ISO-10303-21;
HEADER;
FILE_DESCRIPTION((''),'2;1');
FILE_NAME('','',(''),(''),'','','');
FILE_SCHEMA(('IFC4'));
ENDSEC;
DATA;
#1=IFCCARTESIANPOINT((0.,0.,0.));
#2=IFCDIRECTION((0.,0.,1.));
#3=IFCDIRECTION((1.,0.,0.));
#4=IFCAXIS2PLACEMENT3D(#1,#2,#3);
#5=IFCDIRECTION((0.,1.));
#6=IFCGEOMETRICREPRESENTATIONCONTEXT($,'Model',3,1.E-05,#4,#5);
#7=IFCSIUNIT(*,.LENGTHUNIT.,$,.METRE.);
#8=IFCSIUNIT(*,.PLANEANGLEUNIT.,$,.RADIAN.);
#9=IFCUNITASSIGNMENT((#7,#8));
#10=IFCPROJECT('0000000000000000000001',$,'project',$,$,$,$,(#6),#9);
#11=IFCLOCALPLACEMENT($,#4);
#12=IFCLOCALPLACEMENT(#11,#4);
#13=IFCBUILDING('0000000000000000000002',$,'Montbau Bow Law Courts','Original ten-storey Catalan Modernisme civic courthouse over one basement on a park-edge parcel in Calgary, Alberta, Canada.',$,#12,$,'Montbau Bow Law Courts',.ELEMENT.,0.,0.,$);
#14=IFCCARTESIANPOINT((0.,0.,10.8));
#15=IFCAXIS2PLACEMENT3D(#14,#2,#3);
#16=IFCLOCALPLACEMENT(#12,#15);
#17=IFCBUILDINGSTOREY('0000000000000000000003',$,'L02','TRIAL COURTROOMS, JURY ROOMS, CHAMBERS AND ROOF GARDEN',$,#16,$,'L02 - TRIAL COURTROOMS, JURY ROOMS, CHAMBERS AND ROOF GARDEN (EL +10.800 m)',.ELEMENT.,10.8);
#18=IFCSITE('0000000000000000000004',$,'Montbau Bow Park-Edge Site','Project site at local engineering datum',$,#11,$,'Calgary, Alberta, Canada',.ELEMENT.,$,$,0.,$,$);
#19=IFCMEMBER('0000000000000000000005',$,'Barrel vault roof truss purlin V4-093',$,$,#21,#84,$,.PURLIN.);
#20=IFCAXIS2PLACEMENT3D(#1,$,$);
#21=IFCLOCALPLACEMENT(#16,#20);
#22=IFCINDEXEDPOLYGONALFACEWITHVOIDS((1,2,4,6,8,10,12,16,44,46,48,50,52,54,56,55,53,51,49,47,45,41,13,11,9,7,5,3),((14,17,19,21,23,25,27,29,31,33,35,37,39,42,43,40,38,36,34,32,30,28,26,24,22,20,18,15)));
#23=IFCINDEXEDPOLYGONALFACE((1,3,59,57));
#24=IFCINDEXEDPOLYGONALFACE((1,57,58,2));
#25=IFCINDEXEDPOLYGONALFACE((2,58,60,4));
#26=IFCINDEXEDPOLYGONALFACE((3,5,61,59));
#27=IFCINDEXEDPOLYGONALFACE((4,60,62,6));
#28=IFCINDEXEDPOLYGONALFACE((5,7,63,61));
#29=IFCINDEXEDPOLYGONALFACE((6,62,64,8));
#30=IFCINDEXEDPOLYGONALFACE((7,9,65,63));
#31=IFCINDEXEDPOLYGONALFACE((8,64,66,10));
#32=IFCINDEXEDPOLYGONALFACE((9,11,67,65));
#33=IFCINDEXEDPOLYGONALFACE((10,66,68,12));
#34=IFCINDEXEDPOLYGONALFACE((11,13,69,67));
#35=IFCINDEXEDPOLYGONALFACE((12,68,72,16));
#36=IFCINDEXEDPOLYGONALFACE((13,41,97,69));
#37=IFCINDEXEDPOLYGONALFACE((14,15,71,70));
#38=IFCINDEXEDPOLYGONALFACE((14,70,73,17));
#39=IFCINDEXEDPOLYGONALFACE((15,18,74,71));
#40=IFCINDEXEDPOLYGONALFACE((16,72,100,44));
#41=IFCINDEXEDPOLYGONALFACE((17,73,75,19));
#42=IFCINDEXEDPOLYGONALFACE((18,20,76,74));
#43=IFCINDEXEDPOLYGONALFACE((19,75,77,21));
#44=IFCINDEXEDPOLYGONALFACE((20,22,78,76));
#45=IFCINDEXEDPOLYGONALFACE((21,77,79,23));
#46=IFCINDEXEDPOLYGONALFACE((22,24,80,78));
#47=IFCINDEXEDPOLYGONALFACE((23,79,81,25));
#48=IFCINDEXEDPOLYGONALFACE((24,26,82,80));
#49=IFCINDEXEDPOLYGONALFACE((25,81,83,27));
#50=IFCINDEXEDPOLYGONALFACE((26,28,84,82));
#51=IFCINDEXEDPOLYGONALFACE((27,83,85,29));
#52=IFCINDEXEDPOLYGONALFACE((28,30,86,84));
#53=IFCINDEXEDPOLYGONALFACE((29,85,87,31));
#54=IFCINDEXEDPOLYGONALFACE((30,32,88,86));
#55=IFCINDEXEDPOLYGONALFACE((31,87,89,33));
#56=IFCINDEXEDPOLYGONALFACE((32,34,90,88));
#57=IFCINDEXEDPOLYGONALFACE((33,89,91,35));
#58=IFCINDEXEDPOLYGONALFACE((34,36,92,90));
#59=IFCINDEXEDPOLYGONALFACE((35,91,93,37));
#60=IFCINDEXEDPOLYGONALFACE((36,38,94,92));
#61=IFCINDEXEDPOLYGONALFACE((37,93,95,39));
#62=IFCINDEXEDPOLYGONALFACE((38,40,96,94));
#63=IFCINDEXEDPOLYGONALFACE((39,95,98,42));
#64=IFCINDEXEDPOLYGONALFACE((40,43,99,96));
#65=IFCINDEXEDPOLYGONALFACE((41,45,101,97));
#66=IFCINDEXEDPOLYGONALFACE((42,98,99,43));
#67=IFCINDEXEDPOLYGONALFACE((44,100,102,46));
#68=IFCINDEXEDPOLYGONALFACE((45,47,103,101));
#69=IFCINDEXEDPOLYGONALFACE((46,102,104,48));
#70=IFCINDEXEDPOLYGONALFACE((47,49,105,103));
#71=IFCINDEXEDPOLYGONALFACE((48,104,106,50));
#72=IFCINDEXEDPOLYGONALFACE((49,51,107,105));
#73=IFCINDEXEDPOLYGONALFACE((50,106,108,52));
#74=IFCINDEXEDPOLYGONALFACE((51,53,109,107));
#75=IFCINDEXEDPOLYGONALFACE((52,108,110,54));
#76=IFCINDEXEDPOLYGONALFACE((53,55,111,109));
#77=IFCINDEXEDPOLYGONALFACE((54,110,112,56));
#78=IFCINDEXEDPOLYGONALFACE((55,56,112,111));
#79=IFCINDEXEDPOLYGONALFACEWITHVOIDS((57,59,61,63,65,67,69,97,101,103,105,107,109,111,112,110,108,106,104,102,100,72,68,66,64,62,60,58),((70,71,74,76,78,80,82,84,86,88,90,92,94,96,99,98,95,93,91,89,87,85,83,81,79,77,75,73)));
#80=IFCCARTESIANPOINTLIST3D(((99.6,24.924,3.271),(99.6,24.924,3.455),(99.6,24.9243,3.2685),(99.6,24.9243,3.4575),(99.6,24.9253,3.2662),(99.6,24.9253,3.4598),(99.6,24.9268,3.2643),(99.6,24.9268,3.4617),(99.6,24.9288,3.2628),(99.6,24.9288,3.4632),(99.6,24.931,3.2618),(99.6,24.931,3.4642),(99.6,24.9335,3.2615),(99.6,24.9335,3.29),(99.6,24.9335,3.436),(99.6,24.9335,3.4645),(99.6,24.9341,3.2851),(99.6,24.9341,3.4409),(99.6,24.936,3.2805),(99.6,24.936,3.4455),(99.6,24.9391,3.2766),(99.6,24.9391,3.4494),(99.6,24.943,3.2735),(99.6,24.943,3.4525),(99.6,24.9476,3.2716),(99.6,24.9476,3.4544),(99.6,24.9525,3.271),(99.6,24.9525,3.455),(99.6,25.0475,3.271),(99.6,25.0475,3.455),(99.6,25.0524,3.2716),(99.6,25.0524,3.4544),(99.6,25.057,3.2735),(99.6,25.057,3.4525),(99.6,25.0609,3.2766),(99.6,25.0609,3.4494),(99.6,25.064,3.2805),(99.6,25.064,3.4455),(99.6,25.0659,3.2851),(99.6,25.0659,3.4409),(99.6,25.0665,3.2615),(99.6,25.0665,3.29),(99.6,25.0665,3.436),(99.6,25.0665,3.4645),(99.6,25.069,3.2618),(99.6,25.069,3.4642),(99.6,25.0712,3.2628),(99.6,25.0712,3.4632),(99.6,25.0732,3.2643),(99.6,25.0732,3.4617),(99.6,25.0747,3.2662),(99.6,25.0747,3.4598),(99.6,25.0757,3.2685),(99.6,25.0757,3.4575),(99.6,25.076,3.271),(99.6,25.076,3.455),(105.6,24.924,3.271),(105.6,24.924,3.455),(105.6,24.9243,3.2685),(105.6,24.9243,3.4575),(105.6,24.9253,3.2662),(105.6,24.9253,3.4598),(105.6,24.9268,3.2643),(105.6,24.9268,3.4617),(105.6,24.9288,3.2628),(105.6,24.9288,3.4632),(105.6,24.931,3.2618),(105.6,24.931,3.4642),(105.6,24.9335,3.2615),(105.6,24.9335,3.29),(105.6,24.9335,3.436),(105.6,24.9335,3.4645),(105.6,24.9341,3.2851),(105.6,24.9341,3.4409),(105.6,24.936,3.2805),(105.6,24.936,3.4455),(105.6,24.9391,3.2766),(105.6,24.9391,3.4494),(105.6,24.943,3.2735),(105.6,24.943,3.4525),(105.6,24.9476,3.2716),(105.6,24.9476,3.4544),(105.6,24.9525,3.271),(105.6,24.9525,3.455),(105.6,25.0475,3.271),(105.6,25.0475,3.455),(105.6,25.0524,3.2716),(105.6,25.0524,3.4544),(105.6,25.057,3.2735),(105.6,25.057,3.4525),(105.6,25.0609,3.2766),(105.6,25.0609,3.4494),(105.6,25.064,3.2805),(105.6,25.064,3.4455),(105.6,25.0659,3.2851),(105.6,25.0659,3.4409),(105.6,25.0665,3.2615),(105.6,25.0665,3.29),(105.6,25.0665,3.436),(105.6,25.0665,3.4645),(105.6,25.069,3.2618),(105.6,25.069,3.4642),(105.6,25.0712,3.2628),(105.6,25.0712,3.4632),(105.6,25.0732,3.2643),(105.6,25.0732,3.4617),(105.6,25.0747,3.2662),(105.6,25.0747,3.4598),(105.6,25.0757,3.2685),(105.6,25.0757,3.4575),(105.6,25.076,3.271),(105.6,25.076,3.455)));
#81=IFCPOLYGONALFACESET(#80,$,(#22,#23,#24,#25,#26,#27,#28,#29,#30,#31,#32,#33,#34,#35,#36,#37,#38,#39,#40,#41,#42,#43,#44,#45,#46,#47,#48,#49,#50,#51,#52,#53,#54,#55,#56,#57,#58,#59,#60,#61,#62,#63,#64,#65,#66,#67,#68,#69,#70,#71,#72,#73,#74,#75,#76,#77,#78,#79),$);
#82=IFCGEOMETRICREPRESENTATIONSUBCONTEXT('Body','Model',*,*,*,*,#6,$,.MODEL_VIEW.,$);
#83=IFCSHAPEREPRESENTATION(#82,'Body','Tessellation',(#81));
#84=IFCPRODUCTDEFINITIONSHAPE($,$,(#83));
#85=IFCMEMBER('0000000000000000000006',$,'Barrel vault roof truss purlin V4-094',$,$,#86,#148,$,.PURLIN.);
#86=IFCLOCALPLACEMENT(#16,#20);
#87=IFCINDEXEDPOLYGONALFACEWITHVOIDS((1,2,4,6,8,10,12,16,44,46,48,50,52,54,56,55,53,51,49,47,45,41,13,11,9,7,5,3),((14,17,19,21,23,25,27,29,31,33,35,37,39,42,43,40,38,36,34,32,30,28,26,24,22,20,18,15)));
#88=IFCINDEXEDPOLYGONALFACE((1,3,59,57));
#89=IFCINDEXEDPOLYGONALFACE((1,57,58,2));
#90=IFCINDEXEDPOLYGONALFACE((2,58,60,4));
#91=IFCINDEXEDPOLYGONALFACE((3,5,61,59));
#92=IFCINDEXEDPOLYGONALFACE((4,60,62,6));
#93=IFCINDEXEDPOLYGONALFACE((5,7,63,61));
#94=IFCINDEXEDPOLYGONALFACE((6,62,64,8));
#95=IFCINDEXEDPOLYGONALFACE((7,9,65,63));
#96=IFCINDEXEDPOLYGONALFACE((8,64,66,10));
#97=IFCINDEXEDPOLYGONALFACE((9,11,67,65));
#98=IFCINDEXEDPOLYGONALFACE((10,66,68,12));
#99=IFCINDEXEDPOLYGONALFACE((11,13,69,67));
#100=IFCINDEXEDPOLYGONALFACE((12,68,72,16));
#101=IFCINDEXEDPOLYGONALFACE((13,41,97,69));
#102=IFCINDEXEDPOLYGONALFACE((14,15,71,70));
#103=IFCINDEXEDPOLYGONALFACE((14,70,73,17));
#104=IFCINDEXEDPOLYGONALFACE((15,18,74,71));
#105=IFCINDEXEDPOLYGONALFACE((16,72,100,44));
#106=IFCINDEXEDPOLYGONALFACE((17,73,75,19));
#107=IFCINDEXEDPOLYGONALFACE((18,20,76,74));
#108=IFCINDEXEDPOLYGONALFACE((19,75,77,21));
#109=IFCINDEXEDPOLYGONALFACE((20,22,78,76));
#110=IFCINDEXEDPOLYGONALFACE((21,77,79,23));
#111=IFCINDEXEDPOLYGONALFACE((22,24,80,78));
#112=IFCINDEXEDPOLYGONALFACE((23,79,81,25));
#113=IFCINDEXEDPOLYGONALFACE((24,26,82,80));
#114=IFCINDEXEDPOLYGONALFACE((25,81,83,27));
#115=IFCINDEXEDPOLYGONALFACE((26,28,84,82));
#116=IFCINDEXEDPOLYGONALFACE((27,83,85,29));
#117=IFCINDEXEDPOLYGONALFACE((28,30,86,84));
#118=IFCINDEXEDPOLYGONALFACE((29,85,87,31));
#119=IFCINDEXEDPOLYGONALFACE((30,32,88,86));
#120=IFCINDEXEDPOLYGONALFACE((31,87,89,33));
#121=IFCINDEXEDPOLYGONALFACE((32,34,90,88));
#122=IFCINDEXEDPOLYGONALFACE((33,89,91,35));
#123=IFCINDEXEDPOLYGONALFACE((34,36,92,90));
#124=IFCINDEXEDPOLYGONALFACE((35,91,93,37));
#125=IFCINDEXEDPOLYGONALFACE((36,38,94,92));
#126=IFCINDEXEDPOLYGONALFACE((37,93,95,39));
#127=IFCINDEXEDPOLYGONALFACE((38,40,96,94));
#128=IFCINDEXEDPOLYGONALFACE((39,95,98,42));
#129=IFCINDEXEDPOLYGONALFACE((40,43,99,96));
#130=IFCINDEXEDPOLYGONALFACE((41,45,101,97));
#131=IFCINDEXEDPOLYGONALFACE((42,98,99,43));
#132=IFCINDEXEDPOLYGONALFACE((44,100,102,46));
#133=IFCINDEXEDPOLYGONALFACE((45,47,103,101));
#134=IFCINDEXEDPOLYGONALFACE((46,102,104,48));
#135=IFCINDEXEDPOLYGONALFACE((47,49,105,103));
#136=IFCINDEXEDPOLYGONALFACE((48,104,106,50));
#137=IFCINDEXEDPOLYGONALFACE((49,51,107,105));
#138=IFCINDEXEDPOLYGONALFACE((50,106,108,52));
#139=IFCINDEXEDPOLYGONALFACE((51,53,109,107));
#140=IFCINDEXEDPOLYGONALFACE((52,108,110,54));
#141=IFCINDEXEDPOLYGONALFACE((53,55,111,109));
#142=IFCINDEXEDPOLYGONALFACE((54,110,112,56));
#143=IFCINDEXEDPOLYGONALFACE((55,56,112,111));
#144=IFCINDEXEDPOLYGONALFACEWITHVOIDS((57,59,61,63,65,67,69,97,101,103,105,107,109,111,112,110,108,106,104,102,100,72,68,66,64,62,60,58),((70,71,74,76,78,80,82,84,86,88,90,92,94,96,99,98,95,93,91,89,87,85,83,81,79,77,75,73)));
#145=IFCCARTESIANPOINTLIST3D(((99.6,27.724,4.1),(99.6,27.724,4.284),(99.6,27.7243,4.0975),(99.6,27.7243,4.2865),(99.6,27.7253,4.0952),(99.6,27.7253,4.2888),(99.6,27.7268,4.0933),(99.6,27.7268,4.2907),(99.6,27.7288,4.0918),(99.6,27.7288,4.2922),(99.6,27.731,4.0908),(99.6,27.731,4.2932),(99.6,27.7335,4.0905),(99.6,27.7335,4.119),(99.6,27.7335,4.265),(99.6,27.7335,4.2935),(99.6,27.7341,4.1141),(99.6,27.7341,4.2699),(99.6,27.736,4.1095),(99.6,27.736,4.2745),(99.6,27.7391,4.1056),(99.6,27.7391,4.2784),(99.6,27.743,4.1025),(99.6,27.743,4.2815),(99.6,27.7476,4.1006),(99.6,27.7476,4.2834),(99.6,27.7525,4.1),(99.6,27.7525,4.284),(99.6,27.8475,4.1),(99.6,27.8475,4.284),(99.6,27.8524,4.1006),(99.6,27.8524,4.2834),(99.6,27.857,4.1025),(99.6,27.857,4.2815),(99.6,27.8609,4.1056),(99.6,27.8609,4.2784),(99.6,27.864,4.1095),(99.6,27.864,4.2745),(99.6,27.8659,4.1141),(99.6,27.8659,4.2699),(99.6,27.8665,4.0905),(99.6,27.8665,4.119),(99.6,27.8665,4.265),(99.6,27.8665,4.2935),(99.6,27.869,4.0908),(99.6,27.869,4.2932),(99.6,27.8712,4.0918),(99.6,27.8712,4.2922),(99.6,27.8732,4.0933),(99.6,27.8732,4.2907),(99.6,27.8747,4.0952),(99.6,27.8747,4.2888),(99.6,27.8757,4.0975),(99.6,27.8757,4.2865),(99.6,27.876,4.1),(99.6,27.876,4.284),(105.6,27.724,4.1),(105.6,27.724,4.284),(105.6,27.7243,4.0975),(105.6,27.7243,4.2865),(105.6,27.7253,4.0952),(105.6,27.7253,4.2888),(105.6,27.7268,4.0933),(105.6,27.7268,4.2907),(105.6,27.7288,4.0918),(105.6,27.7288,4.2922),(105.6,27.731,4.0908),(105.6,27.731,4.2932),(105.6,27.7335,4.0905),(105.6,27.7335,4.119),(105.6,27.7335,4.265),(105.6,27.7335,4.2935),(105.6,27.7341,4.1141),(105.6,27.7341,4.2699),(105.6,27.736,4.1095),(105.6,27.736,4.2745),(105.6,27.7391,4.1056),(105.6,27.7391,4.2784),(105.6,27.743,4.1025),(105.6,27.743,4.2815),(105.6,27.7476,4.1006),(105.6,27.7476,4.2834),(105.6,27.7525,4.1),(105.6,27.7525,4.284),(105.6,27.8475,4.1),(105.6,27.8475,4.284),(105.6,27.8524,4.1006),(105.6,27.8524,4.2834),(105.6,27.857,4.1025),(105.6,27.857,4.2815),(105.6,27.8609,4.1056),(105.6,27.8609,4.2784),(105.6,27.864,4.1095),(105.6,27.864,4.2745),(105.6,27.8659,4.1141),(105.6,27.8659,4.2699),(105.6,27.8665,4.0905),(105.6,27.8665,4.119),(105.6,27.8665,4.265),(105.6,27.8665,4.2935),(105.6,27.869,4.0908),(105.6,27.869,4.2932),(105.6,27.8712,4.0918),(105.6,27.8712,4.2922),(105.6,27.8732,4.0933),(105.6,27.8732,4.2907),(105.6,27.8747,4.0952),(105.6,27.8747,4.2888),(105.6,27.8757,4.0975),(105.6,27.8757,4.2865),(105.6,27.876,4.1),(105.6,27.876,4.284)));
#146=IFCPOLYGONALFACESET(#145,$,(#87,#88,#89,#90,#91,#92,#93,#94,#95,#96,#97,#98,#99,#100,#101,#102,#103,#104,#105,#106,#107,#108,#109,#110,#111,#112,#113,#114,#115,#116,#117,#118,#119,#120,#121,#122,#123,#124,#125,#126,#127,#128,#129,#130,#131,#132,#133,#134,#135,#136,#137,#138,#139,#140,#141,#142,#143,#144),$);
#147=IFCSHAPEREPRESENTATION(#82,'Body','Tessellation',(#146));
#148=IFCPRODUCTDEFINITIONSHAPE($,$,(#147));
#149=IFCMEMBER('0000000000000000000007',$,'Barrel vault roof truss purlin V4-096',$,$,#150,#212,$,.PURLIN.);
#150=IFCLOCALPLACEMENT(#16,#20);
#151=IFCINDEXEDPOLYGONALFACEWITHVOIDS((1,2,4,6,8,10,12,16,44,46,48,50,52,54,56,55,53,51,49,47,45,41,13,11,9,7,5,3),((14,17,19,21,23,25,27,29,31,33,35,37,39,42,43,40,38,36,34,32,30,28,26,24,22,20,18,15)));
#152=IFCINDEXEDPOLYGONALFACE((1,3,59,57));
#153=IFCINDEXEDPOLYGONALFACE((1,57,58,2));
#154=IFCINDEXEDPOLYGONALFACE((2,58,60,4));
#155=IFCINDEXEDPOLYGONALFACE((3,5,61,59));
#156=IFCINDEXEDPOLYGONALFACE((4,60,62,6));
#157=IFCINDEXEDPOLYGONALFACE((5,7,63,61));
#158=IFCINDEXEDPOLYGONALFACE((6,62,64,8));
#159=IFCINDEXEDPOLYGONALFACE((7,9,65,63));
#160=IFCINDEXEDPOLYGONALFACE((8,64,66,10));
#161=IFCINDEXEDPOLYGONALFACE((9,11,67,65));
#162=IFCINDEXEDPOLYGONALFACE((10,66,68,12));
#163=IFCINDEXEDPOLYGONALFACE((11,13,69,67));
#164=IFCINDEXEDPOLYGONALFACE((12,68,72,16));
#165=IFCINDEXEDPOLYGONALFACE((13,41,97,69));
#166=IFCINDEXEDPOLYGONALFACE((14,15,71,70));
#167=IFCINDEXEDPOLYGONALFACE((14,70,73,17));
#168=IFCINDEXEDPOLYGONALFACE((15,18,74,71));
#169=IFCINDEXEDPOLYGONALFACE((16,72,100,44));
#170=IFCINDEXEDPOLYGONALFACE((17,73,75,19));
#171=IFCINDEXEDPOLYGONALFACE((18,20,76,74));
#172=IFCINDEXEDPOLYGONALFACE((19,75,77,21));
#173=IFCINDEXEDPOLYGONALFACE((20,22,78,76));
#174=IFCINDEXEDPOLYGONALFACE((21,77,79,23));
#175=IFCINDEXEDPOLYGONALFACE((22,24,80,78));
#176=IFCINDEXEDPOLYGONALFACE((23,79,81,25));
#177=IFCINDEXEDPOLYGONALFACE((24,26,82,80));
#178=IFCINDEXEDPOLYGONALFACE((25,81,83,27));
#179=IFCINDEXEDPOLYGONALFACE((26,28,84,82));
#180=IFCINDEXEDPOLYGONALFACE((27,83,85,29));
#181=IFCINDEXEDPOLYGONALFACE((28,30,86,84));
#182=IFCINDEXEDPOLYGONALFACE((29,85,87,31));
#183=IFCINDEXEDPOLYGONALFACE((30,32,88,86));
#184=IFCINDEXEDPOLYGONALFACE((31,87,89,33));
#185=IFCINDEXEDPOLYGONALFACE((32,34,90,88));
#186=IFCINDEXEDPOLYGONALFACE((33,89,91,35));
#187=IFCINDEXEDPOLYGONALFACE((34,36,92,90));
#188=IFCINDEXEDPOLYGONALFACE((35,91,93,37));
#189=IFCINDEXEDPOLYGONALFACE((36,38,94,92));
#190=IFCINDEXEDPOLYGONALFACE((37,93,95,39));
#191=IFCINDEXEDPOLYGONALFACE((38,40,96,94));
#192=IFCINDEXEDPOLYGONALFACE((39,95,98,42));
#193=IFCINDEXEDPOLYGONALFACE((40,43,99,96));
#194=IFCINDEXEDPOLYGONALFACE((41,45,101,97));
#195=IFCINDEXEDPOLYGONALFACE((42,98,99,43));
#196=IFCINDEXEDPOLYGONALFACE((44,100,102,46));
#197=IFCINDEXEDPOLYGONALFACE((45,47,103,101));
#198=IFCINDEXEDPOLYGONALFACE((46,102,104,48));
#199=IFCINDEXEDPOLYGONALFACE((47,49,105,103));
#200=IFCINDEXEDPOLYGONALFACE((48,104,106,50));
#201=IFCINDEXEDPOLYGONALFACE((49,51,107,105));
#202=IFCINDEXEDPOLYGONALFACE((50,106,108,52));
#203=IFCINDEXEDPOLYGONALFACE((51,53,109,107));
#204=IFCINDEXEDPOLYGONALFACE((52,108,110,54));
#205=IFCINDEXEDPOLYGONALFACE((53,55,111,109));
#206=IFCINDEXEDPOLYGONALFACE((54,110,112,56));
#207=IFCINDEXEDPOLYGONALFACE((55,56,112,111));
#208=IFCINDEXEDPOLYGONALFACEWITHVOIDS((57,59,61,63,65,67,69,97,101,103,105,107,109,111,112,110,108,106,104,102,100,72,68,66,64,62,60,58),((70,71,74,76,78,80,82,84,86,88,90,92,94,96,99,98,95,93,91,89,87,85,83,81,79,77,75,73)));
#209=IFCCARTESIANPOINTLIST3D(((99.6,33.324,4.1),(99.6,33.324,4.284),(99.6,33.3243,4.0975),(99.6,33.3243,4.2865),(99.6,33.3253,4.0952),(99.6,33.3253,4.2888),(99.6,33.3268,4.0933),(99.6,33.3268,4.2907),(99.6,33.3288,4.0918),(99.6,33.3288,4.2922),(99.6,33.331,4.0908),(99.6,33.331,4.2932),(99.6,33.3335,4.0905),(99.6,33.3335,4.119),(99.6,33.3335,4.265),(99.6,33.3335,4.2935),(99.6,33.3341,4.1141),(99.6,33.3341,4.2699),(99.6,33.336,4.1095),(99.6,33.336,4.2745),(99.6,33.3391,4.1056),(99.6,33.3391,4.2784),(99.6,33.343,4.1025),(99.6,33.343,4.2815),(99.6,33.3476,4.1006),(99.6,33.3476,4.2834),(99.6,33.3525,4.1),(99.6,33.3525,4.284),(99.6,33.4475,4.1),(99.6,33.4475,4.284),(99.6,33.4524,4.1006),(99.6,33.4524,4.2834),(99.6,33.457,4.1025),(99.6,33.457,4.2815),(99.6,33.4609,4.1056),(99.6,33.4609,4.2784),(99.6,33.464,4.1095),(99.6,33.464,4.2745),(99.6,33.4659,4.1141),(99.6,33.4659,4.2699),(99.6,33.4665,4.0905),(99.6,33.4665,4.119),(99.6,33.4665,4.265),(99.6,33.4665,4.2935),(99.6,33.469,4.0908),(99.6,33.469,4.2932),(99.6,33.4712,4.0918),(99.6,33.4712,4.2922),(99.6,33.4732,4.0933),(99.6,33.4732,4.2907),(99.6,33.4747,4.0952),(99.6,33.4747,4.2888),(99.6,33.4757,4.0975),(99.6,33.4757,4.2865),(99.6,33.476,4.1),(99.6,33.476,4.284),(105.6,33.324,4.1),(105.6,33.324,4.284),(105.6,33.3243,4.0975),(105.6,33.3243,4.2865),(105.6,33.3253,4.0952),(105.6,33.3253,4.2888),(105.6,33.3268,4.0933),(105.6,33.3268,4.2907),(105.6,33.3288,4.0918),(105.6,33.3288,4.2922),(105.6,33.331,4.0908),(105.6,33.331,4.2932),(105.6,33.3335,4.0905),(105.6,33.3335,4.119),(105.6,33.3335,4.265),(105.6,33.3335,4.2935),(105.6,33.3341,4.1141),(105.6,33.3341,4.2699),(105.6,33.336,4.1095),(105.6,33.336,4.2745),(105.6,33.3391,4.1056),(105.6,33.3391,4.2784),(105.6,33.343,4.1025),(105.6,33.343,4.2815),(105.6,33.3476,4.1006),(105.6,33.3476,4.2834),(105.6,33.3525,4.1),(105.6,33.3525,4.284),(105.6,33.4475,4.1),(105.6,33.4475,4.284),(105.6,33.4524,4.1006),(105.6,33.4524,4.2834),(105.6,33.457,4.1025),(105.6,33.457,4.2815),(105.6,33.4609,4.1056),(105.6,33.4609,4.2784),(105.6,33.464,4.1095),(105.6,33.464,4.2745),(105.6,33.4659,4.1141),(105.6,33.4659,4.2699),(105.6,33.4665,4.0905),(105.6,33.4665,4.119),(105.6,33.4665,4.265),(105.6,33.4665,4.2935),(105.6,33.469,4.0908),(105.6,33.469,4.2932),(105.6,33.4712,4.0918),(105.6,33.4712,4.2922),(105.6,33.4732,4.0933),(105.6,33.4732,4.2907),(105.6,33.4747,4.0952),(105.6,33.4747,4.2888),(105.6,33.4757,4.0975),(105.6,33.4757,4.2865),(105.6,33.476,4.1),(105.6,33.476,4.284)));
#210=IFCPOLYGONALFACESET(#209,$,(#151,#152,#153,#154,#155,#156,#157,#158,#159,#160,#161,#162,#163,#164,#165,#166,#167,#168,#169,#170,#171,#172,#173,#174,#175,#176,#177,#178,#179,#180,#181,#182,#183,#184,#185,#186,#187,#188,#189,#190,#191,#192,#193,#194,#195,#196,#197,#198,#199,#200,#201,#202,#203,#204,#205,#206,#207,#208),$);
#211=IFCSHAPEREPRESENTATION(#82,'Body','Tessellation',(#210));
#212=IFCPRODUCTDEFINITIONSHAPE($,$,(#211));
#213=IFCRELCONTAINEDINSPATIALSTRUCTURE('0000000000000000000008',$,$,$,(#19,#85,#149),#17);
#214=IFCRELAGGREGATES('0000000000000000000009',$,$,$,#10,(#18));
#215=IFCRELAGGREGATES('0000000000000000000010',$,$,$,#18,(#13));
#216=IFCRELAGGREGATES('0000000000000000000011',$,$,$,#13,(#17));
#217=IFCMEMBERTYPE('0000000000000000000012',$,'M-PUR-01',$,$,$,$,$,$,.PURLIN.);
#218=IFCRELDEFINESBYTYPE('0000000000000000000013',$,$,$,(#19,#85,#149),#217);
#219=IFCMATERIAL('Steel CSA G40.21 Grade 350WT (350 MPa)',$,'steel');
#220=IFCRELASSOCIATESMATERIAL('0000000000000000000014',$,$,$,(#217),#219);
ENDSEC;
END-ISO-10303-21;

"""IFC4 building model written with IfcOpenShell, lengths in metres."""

from ifc_helpers import new_model, si_unit, direction, frame, origin_with_axes, origin_2d_with_axis, place, context, subcontext, project, spatial, hollow_rectangle, extrude, material, material_profile, profile_set, type_object, element, save


model = new_model("IFC4")

# Units and contexts
model_context = context("Model", 3, precision=1e-05, world=origin_with_axes(), true_north=direction((0.0, 1.0)))
body_context = subcontext(model_context, "Body", "Model", "MODEL_VIEW")
ifc_project = project(units=[si_unit("LENGTHUNIT", "METRE"), si_unit("PLANEANGLEUNIT", "RADIAN")], contexts=[model_context])

# Site, building, storey
site_placement = place(None, origin_with_axes())
site = spatial("IfcSite", under=ifc_project, at=site_placement, Name="Montbau Bow Park-Edge Site", Description="Project site at local engineering datum", LongName="Calgary, Alberta, Canada", CompositionType="ELEMENT", RefElevation=0.0)
building_placement = place(site_placement, origin_with_axes())
building = spatial("IfcBuilding", under=site, at=building_placement, Name="Montbau Bow Law Courts", Description="Original ten-storey Catalan Modernisme civic courthouse over one basement on a park-edge parcel in Calgary, Alberta, Canada.", LongName="Montbau Bow Law Courts", CompositionType="ELEMENT", ElevationOfRefHeight=0.0, ElevationOfTerrain=0.0)
storey_placement = place(building_placement, frame((0.0, 0.0, 10.8), z_axis=(0.0, 0.0, 1.0), x_axis=(1.0, 0.0, 0.0)))
storey = spatial("IfcBuildingStorey", under=building, at=storey_placement, Name="L02", Description="TRIAL COURTROOMS, JURY ROOMS, CHAMBERS AND ROOF GARDEN", LongName="L02 - TRIAL COURTROOMS, JURY ROOMS, CHAMBERS AND ROOF GARDEN (EL +10.800 m)", CompositionType="ELEMENT", Elevation=10.8)

# Shared definitions
ifc_material_1 = material(Name="Steel CSA G40.21 Grade 350WT (350 MPa)", Category="steel")

# Members
ifc_material_profile_1 = material_profile(ifc_material_1, hollow_rectangle(XDim=0.152, YDim=0.203, WallThickness=0.0095, InnerFilletRadius=0.019, OuterFilletRadius=0.0095, at=origin_2d_with_axis()), Name="HSS203X152X9.5", Category="Main", Priority=0)
ifc_profile_set_1 = profile_set([ifc_material_profile_1], Name="Steel CSA G40.21 Grade 350WT (350 MPa)")
member_type_1 = type_object("IfcMemberType", Name="M-PUR-01", PredefinedType="PURLIN", material=ifc_profile_set_1)
for number, where, z_axis, x_axis, name in (
    (1, (99.6, 25.0, 14.163), (1.0, 0.0, 0.0), (0.0, 1.0, 0.0), "Barrel vault roof truss purlin V4-093"),
    (2, (99.6, 27.8, 14.992), (1.0, 0.0, 0.0), (0.0, 1.0, 0.0), "Barrel vault roof truss purlin V4-094"),
    (3, (99.6, 33.4, 14.992), (1.0, 0.0, 0.0), (0.0, 1.0, 0.0), "Barrel vault roof truss purlin V4-096"),
):
    element("IfcMember", number, at=place(None, frame(where, z_axis=z_axis, x_axis=x_axis)), inside=storey, type_object=member_type_1, Name=name, PredefinedType="PURLIN", context=body_context, shape_type="SweptSolid", body=[
        extrude(hollow_rectangle(XDim=0.152, YDim=0.203, WallThickness=0.0095, InnerFilletRadius=0.019, OuterFilletRadius=0.0095, at=origin_2d_with_axis()), origin_with_axes(), (0.0, 0.0, 1.0), 6.0),
    ])

save(model, "model.ifc")
